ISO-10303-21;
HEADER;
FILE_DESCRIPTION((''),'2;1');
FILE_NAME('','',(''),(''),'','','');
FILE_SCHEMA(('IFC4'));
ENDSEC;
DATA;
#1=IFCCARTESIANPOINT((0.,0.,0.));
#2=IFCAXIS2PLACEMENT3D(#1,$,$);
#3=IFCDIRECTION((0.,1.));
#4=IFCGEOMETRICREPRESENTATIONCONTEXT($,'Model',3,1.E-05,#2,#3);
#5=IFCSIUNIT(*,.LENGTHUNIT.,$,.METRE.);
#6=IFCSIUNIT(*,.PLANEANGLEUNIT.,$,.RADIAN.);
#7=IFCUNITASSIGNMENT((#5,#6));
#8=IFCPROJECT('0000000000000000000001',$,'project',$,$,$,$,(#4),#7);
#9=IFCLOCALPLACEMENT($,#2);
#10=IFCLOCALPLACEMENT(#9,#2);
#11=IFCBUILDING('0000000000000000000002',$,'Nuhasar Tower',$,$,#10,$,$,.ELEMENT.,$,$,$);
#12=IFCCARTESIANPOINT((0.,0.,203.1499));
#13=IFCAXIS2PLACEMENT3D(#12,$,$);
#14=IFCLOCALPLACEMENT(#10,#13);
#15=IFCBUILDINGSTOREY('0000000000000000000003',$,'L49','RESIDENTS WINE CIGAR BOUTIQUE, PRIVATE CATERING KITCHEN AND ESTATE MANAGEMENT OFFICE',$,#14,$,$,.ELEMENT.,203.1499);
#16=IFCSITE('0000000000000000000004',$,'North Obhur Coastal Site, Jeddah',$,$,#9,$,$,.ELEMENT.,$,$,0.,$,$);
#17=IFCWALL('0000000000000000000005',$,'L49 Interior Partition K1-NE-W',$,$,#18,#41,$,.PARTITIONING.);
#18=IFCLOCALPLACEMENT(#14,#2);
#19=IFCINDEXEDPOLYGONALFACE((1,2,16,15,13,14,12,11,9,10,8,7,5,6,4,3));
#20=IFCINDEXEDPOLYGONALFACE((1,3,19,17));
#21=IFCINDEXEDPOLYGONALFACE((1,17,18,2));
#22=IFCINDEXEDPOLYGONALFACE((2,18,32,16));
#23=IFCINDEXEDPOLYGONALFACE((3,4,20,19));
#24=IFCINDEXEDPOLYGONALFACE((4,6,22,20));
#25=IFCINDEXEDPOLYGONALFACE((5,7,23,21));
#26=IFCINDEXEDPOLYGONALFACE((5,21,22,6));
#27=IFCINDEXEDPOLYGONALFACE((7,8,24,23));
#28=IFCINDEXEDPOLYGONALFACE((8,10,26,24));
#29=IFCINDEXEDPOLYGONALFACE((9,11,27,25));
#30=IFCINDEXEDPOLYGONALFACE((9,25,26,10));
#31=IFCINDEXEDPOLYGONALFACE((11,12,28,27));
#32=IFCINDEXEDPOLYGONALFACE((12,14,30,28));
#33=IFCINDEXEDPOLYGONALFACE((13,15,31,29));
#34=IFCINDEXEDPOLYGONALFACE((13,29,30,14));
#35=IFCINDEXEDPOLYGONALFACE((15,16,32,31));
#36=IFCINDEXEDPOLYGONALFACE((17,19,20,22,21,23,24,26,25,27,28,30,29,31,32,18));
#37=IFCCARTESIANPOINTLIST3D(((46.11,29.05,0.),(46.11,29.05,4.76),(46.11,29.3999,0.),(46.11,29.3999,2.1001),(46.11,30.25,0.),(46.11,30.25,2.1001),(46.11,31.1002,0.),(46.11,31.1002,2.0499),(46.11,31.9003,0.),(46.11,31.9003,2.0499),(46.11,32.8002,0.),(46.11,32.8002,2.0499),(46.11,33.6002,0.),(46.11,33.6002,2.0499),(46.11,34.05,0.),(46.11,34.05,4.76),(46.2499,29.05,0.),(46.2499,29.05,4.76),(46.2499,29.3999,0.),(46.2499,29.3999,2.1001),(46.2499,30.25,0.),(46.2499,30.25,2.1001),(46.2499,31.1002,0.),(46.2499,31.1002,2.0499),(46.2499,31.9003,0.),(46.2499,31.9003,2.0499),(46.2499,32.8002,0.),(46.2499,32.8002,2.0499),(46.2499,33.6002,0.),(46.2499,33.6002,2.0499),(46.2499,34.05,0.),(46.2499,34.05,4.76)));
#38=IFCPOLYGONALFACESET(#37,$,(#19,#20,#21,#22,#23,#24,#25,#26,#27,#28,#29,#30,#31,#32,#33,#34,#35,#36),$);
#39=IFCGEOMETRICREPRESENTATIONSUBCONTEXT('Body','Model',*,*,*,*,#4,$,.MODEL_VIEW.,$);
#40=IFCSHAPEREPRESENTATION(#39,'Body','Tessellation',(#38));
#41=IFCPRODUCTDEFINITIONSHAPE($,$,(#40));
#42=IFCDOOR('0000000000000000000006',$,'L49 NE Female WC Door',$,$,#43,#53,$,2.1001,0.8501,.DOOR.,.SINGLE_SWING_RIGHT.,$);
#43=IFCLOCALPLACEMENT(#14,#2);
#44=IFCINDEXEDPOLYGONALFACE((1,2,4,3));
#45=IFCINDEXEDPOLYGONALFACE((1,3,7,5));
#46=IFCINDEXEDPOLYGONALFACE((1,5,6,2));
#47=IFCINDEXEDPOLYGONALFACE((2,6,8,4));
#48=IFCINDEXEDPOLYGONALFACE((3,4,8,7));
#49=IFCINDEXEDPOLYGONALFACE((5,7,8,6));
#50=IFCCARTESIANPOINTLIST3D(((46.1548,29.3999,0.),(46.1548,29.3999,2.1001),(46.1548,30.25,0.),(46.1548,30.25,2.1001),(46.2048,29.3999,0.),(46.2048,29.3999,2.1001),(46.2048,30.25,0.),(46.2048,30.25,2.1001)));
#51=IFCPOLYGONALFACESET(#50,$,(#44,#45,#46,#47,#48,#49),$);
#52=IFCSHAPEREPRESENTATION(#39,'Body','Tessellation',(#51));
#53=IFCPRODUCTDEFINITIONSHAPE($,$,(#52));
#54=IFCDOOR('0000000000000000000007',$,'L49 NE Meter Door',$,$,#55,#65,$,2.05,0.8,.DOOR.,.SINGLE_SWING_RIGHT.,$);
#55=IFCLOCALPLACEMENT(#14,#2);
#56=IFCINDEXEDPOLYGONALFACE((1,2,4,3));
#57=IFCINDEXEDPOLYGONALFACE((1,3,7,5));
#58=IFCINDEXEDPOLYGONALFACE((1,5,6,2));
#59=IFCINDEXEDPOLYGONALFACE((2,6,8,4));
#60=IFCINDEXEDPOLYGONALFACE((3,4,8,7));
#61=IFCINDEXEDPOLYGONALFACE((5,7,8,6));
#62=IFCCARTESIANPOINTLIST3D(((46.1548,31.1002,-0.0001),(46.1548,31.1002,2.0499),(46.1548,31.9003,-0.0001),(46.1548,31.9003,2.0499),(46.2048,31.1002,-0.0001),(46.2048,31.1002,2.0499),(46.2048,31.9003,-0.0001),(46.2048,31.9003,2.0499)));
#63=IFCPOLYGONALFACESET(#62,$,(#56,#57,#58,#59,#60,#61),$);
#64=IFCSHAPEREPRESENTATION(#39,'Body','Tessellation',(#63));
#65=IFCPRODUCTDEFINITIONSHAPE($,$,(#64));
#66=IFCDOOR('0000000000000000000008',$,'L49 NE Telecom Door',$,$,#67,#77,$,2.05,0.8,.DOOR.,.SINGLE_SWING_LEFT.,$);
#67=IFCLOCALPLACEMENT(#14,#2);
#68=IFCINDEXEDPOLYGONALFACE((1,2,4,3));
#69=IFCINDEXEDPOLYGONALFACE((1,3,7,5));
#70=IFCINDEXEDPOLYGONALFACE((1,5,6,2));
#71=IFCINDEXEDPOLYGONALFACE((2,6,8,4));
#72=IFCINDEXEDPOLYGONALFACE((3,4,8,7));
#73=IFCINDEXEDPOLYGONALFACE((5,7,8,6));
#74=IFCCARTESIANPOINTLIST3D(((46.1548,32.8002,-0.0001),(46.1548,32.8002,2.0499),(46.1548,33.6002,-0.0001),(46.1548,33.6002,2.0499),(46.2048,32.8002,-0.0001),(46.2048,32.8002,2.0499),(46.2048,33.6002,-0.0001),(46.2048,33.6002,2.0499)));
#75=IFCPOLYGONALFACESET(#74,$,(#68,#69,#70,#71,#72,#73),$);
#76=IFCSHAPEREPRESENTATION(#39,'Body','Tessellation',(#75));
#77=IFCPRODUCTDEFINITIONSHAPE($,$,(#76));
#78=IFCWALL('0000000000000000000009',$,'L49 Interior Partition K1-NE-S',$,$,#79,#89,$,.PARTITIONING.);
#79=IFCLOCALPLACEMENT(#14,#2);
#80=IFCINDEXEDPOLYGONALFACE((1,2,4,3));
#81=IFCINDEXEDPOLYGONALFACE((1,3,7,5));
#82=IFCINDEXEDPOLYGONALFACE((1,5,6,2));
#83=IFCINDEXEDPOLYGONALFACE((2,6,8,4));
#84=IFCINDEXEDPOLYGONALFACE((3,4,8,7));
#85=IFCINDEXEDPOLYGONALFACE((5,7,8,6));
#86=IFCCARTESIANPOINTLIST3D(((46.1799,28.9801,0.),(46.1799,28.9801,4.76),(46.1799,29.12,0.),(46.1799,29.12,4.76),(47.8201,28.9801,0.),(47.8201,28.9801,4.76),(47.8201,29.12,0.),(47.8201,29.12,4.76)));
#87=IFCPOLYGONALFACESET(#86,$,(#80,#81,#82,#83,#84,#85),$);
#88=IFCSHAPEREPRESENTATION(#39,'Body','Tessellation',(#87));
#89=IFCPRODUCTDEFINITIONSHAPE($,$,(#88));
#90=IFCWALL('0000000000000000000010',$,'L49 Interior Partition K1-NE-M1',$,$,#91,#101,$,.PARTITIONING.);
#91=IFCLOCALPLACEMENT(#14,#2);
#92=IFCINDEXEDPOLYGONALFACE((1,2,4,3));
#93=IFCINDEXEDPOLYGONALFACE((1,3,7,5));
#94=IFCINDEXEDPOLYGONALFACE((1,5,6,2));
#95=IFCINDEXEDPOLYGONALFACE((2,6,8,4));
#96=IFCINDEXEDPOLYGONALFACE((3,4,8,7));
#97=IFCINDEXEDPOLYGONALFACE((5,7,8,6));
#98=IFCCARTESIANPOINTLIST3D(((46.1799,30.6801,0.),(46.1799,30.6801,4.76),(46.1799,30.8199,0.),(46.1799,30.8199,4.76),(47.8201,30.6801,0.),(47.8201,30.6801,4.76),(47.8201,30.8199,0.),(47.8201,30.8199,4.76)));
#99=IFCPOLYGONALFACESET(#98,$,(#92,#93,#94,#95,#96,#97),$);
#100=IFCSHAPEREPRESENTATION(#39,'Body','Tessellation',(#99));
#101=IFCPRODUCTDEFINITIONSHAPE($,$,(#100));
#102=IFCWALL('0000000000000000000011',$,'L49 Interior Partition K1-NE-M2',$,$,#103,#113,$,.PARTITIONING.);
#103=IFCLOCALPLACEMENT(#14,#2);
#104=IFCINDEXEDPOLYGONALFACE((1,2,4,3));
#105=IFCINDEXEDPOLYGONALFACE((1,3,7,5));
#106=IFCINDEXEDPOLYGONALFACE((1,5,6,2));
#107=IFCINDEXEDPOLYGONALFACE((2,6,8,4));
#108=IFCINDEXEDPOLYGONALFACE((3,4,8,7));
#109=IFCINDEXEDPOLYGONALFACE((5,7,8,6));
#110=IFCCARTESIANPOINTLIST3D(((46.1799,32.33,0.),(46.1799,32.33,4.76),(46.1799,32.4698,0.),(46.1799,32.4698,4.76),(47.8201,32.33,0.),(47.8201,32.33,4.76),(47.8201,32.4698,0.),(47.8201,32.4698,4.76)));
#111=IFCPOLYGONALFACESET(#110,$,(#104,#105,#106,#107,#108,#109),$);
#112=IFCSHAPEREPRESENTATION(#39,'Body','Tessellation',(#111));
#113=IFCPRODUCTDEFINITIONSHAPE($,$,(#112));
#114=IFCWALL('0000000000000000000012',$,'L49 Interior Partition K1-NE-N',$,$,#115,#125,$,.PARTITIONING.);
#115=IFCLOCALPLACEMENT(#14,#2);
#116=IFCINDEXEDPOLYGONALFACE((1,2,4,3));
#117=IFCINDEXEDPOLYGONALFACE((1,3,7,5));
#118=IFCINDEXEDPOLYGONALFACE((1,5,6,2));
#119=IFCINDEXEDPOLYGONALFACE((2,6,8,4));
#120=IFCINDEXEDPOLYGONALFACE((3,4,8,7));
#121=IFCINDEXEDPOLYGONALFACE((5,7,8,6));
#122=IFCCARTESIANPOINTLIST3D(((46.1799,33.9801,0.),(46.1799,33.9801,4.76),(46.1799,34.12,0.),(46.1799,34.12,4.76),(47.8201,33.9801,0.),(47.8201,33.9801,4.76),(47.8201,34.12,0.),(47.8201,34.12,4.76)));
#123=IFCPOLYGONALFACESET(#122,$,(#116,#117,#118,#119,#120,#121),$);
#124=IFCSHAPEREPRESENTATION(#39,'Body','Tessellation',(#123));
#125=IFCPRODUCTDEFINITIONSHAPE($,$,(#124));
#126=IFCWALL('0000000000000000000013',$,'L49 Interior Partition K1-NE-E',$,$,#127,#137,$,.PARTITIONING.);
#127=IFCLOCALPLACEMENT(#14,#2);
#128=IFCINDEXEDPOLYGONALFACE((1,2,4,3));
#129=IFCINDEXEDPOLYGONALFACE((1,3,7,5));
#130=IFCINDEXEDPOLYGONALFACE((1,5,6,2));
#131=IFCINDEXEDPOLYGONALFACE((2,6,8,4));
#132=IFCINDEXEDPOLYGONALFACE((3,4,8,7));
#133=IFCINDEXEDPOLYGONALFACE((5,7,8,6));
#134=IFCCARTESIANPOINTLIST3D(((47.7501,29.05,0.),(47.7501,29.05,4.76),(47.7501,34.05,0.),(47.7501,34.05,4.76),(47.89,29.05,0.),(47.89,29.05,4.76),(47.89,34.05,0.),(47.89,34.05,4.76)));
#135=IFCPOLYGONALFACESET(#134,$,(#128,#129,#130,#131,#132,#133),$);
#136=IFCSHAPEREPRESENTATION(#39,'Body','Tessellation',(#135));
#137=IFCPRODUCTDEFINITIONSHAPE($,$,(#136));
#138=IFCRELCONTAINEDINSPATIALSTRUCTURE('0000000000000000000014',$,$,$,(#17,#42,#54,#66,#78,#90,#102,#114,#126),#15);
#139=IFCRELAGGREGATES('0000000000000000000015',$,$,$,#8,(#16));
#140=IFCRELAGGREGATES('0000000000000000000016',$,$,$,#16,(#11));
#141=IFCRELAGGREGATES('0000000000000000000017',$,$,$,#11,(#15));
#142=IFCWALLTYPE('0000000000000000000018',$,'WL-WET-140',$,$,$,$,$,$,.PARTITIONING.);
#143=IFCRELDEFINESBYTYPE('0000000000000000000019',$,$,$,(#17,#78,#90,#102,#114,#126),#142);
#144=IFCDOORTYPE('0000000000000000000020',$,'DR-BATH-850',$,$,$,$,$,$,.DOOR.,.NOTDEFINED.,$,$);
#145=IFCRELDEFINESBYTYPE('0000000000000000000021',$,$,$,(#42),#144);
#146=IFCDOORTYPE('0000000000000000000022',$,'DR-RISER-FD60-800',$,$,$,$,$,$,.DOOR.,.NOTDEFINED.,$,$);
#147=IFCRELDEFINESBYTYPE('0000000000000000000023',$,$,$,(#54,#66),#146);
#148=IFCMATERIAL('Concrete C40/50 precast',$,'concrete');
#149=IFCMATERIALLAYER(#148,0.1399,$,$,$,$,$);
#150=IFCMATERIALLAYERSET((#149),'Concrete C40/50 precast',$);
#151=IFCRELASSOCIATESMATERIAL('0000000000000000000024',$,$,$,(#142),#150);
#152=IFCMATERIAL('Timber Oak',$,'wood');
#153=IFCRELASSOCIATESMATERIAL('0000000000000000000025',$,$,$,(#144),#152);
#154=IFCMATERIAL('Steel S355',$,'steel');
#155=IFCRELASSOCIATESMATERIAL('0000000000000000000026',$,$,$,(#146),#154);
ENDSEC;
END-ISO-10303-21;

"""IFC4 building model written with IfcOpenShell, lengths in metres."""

from ifc_helpers import new_model, si_unit, direction, frame, frame_2d, origin, place, context, subcontext, project, spatial, rectangle, extrude, material, layer, layer_set, type_object, element, fill, save


model = new_model("IFC4")

# Units and contexts
model_context = context("Model", 3, precision=1e-05, world=origin(), true_north=direction((0.0, 1.0)))
body_context = subcontext(model_context, "Body", "Model", "MODEL_VIEW")
ifc_project = project(units=[si_unit("LENGTHUNIT", "METRE"), si_unit("PLANEANGLEUNIT", "RADIAN")], contexts=[model_context])

# Site, building, storey
site_placement = place(None, origin())
site = spatial("IfcSite", under=ifc_project, at=site_placement, Name="North Obhur Coastal Site, Jeddah", CompositionType="ELEMENT", RefElevation=0.0)
building_placement = place(site_placement, origin())
building = spatial("IfcBuilding", under=site, at=building_placement, Name="Nuhasar Tower", CompositionType="ELEMENT")
storey_placement = place(building_placement, frame((0.0, 0.0, 203.1499)))
storey = spatial("IfcBuildingStorey", under=building, at=storey_placement, Name="L49", Description="RESIDENTS WINE CIGAR BOUTIQUE, PRIVATE CATERING KITCHEN AND ESTATE MANAGEMENT OFFICE", CompositionType="ELEMENT", Elevation=203.1499)

# Shared definitions
ifc_material_1 = material(Name="Steel S355", Category="steel")

# Wall, openings, doors
ifc_material_2 = material(Name="Concrete C40/50 precast", Category="concrete")
ifc_layer_1 = layer(ifc_material_2, 0.1399)
ifc_layer_set_1 = layer_set([ifc_layer_1], Name="Concrete C40/50 precast")
wall_type_1 = type_object("IfcWallType", Name="WL-WET-140", PredefinedType="PARTITIONING", material=ifc_layer_set_1)
wall_1_placement = place(storey_placement, frame((46.1799, 34.05, 0.0), z_axis=(0.0, 0.0, 1.0), x_axis=(0.0, -1.0, 0.0)))
wall_1 = element("IfcWall", 1, at=wall_1_placement, inside=storey, type_object=wall_type_1, Name="L49 Interior Partition K1-NE-W", PredefinedType="PARTITIONING", context=body_context, shape_type="SweptSolid", body=[
    extrude(rectangle(XDim=5.0, YDim=0.1399, at=frame_2d((2.5, 0.0))), origin(), (0.0, 0.0, 1.0), 4.76),
])
opening_1_placement = place(wall_1_placement, frame((3.8, 0.0, 0.0)))
opening_1 = element("IfcOpeningElement", 2, at=opening_1_placement, cuts=wall_1, PredefinedType="OPENING", context=body_context, shape_type="SweptSolid", body=[
    extrude(rectangle(XDim=0.8501, YDim=2.1001, at=frame_2d((0.425, 1.05))), frame((0.0, 0.0801, 0.0), z_axis=(0.0, -1.0, 0.0), x_axis=(1.0, 0.0, 0.0)), (0.0, 0.0, 1.0), 0.1599),
])
opening_2_placement = place(wall_1_placement, frame((2.1499, 0.0, 0.0)))
opening_2 = element("IfcOpeningElement", 3, at=opening_2_placement, cuts=wall_1, PredefinedType="OPENING", context=body_context, shape_type="SweptSolid", body=[
    extrude(rectangle(XDim=0.8, YDim=2.05, at=frame_2d((0.3999, 1.0249))), frame((0.0, 0.0801, 0.0), z_axis=(0.0, -1.0, 0.0), x_axis=(1.0, 0.0, 0.0)), (0.0, 0.0, 1.0), 0.1599),
])
opening_3_placement = place(wall_1_placement, frame((0.45, 0.0, 0.0)))
opening_3 = element("IfcOpeningElement", 4, at=opening_3_placement, cuts=wall_1, PredefinedType="OPENING", context=body_context, shape_type="SweptSolid", body=[
    extrude(rectangle(XDim=0.8, YDim=2.05, at=frame_2d((0.3999, 1.0249))), frame((0.0, 0.0801, 0.0), z_axis=(0.0, -1.0, 0.0), x_axis=(1.0, 0.0, 0.0)), (0.0, 0.0, 1.0), 0.1599),
])
ifc_material_3 = material(Name="Timber Oak", Category="wood")
door_type_1 = type_object("IfcDoorType", Name="DR-BATH-850", OperationType="NOTDEFINED", PredefinedType="DOOR", material=ifc_material_3)
door_1_placement = place(opening_1_placement, origin())
door_1 = element("IfcDoor", 5, at=door_1_placement, inside=storey, type_object=door_type_1, Name="L49 NE Female WC Door", OperationType="SINGLE_SWING_RIGHT", OverallHeight=2.1001, OverallWidth=0.8501, PredefinedType="DOOR", context=body_context, shape_type="SweptSolid", body=[
    extrude(rectangle(XDim=0.8501, YDim=2.1001, at=frame_2d((0.425, 1.05))), frame((0.0, 0.0249, 0.0), z_axis=(0.0, -1.0, 0.0), x_axis=(1.0, 0.0, 0.0)), (0.0, 0.0, 1.0), 0.05),
])
fill(opening_1, door_1)
door_type_2 = type_object("IfcDoorType", Name="DR-RISER-FD60-800", OperationType="NOTDEFINED", PredefinedType="DOOR", material=ifc_material_1)
door_2_placement = place(opening_2_placement, origin())
door_2 = element("IfcDoor", 6, at=door_2_placement, inside=storey, type_object=door_type_2, Name="L49 NE Meter Door", OperationType="SINGLE_SWING_RIGHT", OverallHeight=2.05, OverallWidth=0.8, PredefinedType="DOOR", context=body_context, shape_type="SweptSolid", body=[
    extrude(rectangle(XDim=0.8, YDim=2.05, at=frame_2d((0.3999, 1.0249))), frame((0.0, 0.0249, 0.0), z_axis=(0.0, -1.0, 0.0), x_axis=(1.0, 0.0, 0.0)), (0.0, 0.0, 1.0), 0.05),
])
fill(opening_2, door_2)
door_3_placement = place(opening_3_placement, origin())
door_3 = element("IfcDoor", 7, at=door_3_placement, inside=storey, type_object=door_type_2, Name="L49 NE Telecom Door", OperationType="SINGLE_SWING_LEFT", OverallHeight=2.05, OverallWidth=0.8, PredefinedType="DOOR", context=body_context, shape_type="SweptSolid", body=[
    extrude(rectangle(XDim=0.8, YDim=2.05, at=frame_2d((0.3999, 1.0249))), frame((0.0, 0.0249, 0.0), z_axis=(0.0, -1.0, 0.0), x_axis=(1.0, 0.0, 0.0)), (0.0, 0.0, 1.0), 0.05),
])
fill(opening_3, door_3)

# Walls
for number, where, z_axis, x_axis, name in (
    (8, (46.1799, 29.05, 0.0), (0.0, 0.0, 1.0), (1.0, 0.0, 0.0), "L49 Interior Partition K1-NE-S"),
    (9, (46.1799, 30.75, 0.0), (0.0, 0.0, 1.0), (1.0, 0.0, 0.0), "L49 Interior Partition K1-NE-M1"),
    (10, (46.1799, 32.3999, 0.0), (0.0, 0.0, 1.0), (1.0, 0.0, 0.0), "L49 Interior Partition K1-NE-M2"),
    (11, (46.1799, 34.05, 0.0), (0.0, 0.0, 1.0), (1.0, 0.0, 0.0), "L49 Interior Partition K1-NE-N"),
):
    element("IfcWall", number, at=place(storey_placement, frame(where, z_axis=z_axis, x_axis=x_axis)), inside=storey, type_object=wall_type_1, Name=name, PredefinedType="PARTITIONING", context=body_context, shape_type="SweptSolid", body=[
        extrude(rectangle(XDim=1.6401, YDim=0.1399, at=frame_2d((0.8201, 0.0))), origin(), (0.0, 0.0, 1.0), 4.76),
    ])
wall_2_placement = place(storey_placement, frame((47.8201, 29.05, 0.0), z_axis=(0.0, 0.0, 1.0), x_axis=(0.0, 1.0, 0.0)))
element("IfcWall", 12, at=wall_2_placement, inside=storey, type_object=wall_type_1, Name="L49 Interior Partition K1-NE-E", PredefinedType="PARTITIONING", context=body_context, shape_type="SweptSolid", body=[
    extrude(rectangle(XDim=5.0, YDim=0.1399, at=frame_2d((2.5, 0.0))), origin(), (0.0, 0.0, 1.0), 4.76),
])

save(model, "model.ifc")
